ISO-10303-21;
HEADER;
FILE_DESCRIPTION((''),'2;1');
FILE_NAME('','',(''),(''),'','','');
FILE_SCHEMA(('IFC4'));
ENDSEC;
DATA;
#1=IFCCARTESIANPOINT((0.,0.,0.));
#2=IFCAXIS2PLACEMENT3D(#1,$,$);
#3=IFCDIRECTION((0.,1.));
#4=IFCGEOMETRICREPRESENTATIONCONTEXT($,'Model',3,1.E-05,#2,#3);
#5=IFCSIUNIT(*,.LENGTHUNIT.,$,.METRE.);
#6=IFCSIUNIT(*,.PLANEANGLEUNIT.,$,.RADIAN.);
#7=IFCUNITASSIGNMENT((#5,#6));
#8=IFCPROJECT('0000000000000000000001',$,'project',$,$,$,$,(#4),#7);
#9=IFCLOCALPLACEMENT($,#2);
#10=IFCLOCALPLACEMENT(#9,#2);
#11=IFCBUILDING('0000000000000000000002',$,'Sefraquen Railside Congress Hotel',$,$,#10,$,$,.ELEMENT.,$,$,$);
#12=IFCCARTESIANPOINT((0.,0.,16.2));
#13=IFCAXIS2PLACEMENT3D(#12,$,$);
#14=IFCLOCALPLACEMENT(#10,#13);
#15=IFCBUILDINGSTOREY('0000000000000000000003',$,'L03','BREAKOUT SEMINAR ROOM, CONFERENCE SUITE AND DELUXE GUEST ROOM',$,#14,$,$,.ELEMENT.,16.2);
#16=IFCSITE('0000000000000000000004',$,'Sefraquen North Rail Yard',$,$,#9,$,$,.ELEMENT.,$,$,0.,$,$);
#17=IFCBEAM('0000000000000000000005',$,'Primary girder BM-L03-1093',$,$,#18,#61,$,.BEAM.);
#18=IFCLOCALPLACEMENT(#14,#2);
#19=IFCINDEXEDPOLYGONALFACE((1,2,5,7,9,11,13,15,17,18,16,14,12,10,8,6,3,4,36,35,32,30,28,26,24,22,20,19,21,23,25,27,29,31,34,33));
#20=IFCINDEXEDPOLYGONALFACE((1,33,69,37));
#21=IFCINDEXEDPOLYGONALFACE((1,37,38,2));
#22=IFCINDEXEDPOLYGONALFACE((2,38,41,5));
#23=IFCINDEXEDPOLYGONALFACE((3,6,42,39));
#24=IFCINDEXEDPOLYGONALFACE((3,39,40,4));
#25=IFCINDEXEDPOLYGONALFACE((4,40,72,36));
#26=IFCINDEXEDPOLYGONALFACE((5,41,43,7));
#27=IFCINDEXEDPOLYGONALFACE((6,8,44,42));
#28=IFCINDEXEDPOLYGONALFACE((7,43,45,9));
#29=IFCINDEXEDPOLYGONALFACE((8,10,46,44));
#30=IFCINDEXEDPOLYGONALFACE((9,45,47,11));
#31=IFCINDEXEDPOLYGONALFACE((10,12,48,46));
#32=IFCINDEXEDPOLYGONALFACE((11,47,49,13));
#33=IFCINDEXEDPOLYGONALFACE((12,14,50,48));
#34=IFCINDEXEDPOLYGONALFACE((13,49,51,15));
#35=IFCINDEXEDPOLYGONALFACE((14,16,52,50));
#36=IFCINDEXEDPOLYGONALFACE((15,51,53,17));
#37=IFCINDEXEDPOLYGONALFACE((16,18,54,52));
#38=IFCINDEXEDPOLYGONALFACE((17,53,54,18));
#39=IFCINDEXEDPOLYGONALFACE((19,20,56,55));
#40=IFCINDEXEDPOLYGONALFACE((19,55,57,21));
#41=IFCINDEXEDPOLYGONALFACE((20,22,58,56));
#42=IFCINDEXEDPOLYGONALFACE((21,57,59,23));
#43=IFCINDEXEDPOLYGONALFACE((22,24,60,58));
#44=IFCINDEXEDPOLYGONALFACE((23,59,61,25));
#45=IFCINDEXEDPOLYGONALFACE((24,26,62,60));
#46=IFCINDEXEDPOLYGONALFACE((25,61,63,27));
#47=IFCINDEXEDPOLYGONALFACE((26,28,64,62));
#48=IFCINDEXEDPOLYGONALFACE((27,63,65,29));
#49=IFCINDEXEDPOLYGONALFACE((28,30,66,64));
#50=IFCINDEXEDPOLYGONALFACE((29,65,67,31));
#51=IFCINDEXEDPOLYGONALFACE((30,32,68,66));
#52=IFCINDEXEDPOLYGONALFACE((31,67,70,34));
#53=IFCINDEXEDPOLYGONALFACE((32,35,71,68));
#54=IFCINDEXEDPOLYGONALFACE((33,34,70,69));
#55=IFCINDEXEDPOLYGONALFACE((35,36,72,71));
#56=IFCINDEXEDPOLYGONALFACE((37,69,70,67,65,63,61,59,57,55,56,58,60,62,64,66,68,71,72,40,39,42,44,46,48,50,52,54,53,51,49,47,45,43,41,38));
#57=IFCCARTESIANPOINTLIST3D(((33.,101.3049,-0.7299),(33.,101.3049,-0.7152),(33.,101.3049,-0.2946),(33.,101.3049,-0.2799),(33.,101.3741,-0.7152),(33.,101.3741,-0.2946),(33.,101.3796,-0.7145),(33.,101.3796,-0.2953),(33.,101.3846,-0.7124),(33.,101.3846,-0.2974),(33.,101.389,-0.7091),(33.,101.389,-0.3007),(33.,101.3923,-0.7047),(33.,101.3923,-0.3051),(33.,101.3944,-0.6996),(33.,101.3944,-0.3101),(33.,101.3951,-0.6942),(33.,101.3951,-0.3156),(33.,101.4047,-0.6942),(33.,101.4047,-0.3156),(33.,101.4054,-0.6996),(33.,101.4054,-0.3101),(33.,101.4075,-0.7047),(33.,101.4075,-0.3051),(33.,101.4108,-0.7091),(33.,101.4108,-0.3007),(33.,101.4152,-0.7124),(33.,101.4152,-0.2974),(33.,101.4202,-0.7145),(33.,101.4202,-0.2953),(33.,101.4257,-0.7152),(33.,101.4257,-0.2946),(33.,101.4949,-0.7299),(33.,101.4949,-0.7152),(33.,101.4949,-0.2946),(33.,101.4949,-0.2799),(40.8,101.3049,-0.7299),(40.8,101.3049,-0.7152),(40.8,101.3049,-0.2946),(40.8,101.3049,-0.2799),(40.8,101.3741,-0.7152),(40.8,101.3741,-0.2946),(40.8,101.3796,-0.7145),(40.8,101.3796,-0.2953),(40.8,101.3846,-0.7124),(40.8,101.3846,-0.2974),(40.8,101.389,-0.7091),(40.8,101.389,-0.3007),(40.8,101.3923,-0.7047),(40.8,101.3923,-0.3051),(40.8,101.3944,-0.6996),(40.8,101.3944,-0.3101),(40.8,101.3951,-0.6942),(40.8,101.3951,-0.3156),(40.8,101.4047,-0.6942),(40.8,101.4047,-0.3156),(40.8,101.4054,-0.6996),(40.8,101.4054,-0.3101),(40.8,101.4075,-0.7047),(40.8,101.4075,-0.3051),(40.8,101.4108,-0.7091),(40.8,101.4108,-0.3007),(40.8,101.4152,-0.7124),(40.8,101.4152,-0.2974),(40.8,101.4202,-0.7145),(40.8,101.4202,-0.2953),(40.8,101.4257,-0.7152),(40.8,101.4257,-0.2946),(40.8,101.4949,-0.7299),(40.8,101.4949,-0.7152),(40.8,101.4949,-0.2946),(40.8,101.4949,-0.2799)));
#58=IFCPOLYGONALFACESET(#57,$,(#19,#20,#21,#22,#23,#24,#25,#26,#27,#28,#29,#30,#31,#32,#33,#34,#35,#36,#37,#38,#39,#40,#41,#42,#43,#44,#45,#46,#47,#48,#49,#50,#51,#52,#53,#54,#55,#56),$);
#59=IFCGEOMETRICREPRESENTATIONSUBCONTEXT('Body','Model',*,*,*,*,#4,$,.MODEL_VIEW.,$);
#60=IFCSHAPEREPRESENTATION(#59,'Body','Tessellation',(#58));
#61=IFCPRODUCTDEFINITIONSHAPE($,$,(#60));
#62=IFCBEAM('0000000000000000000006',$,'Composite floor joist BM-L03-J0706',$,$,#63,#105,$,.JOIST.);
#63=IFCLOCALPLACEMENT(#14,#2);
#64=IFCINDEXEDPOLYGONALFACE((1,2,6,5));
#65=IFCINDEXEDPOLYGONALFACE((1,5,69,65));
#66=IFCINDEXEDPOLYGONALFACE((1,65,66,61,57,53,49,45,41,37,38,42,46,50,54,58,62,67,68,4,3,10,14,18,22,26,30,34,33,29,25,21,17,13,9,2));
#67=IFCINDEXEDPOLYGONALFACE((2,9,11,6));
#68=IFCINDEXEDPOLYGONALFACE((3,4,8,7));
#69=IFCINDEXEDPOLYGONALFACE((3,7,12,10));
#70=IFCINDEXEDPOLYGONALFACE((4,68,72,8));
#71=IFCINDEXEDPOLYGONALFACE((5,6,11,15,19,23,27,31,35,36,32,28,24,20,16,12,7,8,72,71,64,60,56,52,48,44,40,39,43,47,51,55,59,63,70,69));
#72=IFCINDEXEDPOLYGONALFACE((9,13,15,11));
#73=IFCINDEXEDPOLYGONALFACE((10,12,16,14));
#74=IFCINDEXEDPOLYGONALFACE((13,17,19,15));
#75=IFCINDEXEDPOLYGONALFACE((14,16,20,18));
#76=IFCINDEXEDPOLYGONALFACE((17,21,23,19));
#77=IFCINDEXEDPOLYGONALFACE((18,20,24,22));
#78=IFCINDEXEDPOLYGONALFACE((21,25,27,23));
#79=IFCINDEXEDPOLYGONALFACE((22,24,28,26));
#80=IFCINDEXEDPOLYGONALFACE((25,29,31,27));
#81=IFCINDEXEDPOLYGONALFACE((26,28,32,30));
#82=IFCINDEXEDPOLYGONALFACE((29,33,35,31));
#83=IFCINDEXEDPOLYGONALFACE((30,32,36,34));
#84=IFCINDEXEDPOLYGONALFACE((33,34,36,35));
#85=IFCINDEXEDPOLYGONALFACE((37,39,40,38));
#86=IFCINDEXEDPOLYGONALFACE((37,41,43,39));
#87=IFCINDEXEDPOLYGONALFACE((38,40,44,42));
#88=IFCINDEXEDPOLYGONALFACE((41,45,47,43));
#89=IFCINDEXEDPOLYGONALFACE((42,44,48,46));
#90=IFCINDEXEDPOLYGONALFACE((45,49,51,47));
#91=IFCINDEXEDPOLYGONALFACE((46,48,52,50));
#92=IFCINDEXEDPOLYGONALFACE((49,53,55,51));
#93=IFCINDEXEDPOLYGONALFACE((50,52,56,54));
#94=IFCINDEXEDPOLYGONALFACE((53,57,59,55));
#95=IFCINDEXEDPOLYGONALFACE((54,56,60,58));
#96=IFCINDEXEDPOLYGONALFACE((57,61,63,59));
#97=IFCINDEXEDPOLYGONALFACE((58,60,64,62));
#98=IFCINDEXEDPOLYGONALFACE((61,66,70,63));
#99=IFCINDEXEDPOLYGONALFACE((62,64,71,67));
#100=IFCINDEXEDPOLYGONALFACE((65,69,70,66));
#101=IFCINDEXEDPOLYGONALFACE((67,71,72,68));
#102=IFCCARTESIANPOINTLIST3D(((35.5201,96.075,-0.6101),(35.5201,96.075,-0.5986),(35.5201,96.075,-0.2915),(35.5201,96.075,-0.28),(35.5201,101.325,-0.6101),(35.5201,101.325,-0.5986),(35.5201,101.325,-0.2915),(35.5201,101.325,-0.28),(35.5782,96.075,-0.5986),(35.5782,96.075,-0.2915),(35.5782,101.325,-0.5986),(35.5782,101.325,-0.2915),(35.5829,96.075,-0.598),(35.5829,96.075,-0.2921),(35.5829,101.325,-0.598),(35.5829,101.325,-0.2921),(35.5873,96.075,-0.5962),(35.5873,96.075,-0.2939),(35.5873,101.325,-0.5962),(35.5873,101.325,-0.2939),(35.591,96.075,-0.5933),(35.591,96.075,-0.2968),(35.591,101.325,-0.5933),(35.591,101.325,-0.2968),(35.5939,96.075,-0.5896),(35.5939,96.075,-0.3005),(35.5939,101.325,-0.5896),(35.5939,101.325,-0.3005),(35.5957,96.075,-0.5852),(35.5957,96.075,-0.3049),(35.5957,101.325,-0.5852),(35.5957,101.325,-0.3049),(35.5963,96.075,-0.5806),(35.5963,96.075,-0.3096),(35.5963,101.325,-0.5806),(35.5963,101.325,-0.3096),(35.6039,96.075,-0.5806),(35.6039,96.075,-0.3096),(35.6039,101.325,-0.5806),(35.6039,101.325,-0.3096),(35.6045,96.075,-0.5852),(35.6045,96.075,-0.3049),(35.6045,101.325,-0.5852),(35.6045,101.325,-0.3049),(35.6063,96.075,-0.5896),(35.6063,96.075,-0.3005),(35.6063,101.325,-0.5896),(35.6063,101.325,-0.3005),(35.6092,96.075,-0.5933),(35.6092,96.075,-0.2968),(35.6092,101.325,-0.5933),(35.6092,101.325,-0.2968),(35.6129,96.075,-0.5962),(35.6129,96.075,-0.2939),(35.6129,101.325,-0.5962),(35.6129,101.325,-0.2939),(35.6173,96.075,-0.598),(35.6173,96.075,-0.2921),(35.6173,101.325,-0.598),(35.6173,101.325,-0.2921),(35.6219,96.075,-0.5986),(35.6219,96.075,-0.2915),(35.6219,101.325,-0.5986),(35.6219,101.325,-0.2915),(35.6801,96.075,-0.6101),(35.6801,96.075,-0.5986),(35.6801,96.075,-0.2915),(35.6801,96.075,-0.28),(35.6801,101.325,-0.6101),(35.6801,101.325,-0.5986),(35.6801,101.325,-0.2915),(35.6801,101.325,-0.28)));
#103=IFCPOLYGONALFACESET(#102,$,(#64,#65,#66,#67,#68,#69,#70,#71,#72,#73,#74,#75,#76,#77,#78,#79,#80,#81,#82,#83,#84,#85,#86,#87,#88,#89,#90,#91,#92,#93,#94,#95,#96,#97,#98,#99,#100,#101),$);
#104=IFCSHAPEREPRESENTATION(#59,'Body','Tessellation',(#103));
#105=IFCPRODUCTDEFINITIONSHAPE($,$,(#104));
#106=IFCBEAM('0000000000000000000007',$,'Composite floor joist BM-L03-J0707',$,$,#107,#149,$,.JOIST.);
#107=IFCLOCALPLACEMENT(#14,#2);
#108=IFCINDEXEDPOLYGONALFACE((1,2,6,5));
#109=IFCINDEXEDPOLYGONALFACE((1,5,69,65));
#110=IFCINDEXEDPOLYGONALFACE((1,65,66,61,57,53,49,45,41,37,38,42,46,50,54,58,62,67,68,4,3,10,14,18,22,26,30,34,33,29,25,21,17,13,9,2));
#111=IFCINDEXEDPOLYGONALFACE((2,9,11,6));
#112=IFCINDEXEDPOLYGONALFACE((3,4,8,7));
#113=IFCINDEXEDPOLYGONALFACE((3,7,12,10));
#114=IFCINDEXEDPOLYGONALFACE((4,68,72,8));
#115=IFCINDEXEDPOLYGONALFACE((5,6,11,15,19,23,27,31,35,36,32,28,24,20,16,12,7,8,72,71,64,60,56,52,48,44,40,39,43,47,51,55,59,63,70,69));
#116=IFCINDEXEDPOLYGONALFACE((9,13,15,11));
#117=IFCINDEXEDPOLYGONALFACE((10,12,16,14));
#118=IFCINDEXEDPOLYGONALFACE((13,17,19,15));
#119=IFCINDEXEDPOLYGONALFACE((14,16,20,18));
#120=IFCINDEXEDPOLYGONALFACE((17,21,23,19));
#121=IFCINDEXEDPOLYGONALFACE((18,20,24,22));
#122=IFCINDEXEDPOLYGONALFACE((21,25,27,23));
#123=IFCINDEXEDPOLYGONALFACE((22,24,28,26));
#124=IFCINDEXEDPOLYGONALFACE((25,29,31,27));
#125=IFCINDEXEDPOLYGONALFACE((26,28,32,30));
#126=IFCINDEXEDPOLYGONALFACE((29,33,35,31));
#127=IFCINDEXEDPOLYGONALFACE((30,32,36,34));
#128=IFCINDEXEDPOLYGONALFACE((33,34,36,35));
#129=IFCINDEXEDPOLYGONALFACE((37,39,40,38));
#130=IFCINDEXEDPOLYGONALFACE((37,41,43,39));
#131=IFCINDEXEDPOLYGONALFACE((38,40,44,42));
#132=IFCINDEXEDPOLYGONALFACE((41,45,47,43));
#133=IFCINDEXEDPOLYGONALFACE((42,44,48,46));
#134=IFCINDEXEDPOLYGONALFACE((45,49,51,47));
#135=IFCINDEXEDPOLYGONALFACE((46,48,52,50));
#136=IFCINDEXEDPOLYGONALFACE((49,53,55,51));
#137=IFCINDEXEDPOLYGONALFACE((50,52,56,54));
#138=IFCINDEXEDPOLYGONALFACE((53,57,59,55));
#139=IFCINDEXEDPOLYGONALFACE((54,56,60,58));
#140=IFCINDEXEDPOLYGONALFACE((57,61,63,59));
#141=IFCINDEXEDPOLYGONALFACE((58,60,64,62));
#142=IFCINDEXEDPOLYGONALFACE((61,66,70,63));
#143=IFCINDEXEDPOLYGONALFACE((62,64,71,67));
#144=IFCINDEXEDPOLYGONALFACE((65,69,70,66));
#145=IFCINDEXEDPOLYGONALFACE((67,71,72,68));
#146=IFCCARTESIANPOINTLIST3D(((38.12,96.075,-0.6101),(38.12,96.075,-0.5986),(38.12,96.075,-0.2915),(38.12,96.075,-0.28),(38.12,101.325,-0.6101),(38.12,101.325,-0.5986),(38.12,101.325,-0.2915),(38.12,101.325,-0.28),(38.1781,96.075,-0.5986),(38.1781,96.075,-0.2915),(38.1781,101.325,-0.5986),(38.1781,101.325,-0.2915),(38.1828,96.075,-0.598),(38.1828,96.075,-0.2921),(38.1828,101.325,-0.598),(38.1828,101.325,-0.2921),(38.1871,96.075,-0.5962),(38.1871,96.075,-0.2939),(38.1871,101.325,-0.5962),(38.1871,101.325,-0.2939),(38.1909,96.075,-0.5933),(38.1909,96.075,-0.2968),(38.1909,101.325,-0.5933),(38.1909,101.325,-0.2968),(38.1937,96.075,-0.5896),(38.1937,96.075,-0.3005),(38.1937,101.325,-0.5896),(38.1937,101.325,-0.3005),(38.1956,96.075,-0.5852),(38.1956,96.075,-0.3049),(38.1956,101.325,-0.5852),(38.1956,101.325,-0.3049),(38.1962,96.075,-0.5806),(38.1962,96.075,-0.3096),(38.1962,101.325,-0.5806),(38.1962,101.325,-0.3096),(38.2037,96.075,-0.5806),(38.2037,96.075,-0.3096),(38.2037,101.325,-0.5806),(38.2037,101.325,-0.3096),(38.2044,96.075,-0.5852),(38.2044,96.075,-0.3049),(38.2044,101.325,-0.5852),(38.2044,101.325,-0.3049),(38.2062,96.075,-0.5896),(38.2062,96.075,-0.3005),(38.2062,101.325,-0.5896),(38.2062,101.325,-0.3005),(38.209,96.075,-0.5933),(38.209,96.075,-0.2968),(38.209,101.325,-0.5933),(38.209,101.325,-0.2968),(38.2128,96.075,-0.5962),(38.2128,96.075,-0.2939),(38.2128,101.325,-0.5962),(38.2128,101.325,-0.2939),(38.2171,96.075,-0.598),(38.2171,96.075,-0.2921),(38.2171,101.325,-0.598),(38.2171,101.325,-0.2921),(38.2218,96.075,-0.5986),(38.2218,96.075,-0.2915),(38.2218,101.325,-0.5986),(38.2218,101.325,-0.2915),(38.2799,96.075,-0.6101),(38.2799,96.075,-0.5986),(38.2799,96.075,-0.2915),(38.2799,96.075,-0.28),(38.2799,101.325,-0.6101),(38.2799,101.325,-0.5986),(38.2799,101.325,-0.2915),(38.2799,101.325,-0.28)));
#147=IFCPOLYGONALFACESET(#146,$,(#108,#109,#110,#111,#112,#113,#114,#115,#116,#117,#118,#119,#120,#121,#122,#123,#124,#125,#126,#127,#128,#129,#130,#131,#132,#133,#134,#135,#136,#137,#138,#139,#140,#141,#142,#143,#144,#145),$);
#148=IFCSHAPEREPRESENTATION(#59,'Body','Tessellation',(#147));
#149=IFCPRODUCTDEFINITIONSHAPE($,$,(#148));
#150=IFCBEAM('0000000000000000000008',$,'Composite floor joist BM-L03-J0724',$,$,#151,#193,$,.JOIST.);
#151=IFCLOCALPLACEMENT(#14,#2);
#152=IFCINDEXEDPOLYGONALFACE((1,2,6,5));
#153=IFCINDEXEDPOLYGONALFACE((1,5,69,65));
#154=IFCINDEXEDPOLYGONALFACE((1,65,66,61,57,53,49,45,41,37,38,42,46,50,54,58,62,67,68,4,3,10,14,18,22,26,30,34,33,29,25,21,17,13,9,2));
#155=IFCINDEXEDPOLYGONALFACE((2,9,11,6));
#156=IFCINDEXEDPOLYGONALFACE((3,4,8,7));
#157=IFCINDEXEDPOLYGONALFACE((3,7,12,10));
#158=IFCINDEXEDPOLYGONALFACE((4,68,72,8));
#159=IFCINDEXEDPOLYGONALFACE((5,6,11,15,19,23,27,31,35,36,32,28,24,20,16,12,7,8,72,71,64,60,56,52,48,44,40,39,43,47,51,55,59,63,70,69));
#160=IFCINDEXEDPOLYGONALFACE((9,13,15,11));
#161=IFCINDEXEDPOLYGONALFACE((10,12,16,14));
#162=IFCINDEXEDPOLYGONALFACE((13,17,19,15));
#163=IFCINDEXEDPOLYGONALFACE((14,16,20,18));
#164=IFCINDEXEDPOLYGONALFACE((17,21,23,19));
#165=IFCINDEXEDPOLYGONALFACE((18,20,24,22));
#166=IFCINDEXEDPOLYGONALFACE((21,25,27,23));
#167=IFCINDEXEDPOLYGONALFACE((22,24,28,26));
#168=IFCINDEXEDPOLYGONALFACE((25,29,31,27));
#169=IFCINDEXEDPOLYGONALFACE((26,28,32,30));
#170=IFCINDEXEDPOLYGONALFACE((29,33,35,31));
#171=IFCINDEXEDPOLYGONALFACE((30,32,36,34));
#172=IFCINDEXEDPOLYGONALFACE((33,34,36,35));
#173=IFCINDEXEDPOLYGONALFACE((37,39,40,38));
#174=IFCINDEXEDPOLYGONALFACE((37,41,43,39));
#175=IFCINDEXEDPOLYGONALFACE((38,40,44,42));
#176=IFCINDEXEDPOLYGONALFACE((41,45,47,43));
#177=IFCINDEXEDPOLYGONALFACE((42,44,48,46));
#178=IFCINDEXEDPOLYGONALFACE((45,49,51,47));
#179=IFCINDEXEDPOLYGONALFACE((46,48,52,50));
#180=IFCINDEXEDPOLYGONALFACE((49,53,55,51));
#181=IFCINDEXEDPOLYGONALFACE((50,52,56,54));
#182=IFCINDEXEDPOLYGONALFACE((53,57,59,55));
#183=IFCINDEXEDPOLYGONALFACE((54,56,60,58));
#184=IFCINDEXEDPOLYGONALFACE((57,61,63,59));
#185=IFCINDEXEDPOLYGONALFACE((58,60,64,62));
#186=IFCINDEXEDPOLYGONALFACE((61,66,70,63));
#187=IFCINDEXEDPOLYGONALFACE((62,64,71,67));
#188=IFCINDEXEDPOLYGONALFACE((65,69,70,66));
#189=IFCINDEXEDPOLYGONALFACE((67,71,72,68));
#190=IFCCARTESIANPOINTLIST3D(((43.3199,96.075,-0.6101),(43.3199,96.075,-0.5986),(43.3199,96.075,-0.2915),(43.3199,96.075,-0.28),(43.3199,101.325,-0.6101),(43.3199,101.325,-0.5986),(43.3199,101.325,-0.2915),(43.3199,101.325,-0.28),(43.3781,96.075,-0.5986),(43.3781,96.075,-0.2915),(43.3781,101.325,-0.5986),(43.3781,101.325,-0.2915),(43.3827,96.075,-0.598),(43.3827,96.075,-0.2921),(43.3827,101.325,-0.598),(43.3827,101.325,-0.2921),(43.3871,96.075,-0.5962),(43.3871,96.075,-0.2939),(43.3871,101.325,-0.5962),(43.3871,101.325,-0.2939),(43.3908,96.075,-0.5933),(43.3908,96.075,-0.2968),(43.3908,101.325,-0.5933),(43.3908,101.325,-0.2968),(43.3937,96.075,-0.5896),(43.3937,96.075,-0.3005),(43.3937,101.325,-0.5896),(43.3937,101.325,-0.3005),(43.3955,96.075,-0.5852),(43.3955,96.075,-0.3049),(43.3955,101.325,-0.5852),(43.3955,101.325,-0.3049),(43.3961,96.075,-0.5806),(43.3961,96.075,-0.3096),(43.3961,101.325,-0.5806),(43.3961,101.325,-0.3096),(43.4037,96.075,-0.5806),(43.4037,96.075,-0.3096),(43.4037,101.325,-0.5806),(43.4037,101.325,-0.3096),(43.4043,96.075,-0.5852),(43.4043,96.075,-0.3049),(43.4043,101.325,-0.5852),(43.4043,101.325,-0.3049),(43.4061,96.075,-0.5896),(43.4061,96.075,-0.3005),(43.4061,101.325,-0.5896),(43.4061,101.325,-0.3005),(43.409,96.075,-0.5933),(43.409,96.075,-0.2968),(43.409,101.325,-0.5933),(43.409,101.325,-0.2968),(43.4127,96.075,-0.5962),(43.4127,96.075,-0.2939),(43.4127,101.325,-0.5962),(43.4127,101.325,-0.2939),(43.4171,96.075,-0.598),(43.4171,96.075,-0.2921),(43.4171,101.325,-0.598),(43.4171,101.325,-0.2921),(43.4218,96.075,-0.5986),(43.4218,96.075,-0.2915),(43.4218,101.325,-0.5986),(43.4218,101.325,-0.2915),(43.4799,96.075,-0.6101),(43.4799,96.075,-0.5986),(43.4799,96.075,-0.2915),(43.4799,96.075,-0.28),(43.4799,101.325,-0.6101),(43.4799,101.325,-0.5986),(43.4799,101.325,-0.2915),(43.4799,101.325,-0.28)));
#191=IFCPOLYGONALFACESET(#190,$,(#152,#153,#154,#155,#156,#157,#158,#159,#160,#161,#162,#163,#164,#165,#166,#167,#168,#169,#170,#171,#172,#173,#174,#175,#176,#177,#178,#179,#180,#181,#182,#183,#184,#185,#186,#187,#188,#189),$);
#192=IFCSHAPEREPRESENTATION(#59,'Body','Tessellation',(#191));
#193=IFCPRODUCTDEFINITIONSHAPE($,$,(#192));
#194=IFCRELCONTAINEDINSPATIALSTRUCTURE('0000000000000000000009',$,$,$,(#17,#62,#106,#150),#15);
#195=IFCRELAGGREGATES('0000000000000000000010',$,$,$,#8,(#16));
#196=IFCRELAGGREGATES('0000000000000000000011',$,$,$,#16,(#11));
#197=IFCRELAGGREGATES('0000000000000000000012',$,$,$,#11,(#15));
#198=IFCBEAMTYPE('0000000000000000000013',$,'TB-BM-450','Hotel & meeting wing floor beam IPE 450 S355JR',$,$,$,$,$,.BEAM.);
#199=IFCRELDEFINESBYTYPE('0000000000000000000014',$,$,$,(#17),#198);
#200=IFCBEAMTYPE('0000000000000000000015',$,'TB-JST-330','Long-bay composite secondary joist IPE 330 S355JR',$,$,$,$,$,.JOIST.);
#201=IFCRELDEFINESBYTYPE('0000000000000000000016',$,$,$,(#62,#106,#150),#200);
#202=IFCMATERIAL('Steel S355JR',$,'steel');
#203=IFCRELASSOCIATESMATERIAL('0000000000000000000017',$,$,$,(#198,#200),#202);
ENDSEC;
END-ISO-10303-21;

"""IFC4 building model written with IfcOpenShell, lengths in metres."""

from ifc_helpers import new_model, si_unit, direction, frame, origin, origin_2d, place, context, subcontext, project, spatial, i_section, extrude, material, material_profile, profile_set, type_object, element, save


model = new_model("IFC4")

# Units and contexts
model_context = context("Model", 3, precision=1e-05, world=origin(), true_north=direction((0.0, 1.0)))
body_context = subcontext(model_context, "Body", "Model", "MODEL_VIEW")
ifc_project = project(units=[si_unit("LENGTHUNIT", "METRE"), si_unit("PLANEANGLEUNIT", "RADIAN")], contexts=[model_context])

# Site, building, storey
site_placement = place(None, origin())
site = spatial("IfcSite", under=ifc_project, at=site_placement, Name="Sefraquen North Rail Yard", CompositionType="ELEMENT", RefElevation=0.0)
building_placement = place(site_placement, origin())
building = spatial("IfcBuilding", under=site, at=building_placement, Name="Sefraquen Railside Congress Hotel", CompositionType="ELEMENT")
storey_placement = place(building_placement, frame((0.0, 0.0, 16.2)))
storey = spatial("IfcBuildingStorey", under=building, at=storey_placement, Name="L03", Description="BREAKOUT SEMINAR ROOM, CONFERENCE SUITE AND DELUXE GUEST ROOM", CompositionType="ELEMENT", Elevation=16.2)

# Shared definitions
ifc_material_1 = material(Name="Steel S355JR", Category="steel")

# Beams
ifc_material_profile_1 = material_profile(ifc_material_1, i_section(OverallWidth=0.1899, OverallDepth=0.45, WebThickness=0.0095, FlangeThickness=0.0146, FilletRadius=0.021, at=origin_2d()), Name="IPE 450")
ifc_profile_set_1 = profile_set([ifc_material_profile_1], Name="Steel S355JR")
beam_type_1 = type_object("IfcBeamType", Name="TB-BM-450", Description="Hotel & meeting wing floor beam IPE 450 S355JR", PredefinedType="BEAM", material=ifc_profile_set_1)
for number, where, z_axis, x_axis, name in (
    (1, (33.0, 101.3999, -0.5049), (1.0, 0.0, 0.0), (0.0, 1.0, 0.0), "Primary girder BM-L03-1093"),
):
    element("IfcBeam", number, at=place(storey_placement, frame(where, z_axis=z_axis, x_axis=x_axis)), inside=storey, type_object=beam_type_1, Name=name, PredefinedType="BEAM", context=body_context, shape_type="SweptSolid", body=[
        extrude(i_section(OverallWidth=0.1899, OverallDepth=0.45, WebThickness=0.0095, FlangeThickness=0.0146, FilletRadius=0.021, at=origin_2d()), origin(), (0.0, 0.0, 1.0), 7.8),
    ])
ifc_material_profile_2 = material_profile(ifc_material_1, i_section(OverallWidth=0.1599, OverallDepth=0.3301, WebThickness=0.0076, FlangeThickness=0.0115, FilletRadius=0.0181, at=origin_2d()), Name="IPE 330")
ifc_profile_set_2 = profile_set([ifc_material_profile_2], Name="Steel S355JR")
beam_type_2 = type_object("IfcBeamType", Name="TB-JST-330", Description="Long-bay composite secondary joist IPE 330 S355JR", PredefinedType="JOIST", material=ifc_profile_set_2)
for number, where, z_axis, x_axis, name in (
    (2, (35.6001, 96.075, -0.4451), (0.0, 1.0, 0.0), (-1.0, 0.0, 0.0), "Composite floor joist BM-L03-J0706"),
    (3, (38.2, 96.075, -0.4451), (0.0, 1.0, 0.0), (-1.0, 0.0, 0.0), "Composite floor joist BM-L03-J0707"),
    (4, (43.3999, 96.075, -0.4451), (0.0, 1.0, 0.0), (-1.0, 0.0, 0.0), "Composite floor joist BM-L03-J0724"),
):
    element("IfcBeam", number, at=place(storey_placement, frame(where, z_axis=z_axis, x_axis=x_axis)), inside=storey, type_object=beam_type_2, Name=name, PredefinedType="JOIST", context=body_context, shape_type="SweptSolid", body=[
        extrude(i_section(OverallWidth=0.1599, OverallDepth=0.3301, WebThickness=0.0076, FlangeThickness=0.0115, FilletRadius=0.0181, at=origin_2d()), origin(), (0.0, 0.0, 1.0), 5.25),
    ])

save(model, "model.ifc")
